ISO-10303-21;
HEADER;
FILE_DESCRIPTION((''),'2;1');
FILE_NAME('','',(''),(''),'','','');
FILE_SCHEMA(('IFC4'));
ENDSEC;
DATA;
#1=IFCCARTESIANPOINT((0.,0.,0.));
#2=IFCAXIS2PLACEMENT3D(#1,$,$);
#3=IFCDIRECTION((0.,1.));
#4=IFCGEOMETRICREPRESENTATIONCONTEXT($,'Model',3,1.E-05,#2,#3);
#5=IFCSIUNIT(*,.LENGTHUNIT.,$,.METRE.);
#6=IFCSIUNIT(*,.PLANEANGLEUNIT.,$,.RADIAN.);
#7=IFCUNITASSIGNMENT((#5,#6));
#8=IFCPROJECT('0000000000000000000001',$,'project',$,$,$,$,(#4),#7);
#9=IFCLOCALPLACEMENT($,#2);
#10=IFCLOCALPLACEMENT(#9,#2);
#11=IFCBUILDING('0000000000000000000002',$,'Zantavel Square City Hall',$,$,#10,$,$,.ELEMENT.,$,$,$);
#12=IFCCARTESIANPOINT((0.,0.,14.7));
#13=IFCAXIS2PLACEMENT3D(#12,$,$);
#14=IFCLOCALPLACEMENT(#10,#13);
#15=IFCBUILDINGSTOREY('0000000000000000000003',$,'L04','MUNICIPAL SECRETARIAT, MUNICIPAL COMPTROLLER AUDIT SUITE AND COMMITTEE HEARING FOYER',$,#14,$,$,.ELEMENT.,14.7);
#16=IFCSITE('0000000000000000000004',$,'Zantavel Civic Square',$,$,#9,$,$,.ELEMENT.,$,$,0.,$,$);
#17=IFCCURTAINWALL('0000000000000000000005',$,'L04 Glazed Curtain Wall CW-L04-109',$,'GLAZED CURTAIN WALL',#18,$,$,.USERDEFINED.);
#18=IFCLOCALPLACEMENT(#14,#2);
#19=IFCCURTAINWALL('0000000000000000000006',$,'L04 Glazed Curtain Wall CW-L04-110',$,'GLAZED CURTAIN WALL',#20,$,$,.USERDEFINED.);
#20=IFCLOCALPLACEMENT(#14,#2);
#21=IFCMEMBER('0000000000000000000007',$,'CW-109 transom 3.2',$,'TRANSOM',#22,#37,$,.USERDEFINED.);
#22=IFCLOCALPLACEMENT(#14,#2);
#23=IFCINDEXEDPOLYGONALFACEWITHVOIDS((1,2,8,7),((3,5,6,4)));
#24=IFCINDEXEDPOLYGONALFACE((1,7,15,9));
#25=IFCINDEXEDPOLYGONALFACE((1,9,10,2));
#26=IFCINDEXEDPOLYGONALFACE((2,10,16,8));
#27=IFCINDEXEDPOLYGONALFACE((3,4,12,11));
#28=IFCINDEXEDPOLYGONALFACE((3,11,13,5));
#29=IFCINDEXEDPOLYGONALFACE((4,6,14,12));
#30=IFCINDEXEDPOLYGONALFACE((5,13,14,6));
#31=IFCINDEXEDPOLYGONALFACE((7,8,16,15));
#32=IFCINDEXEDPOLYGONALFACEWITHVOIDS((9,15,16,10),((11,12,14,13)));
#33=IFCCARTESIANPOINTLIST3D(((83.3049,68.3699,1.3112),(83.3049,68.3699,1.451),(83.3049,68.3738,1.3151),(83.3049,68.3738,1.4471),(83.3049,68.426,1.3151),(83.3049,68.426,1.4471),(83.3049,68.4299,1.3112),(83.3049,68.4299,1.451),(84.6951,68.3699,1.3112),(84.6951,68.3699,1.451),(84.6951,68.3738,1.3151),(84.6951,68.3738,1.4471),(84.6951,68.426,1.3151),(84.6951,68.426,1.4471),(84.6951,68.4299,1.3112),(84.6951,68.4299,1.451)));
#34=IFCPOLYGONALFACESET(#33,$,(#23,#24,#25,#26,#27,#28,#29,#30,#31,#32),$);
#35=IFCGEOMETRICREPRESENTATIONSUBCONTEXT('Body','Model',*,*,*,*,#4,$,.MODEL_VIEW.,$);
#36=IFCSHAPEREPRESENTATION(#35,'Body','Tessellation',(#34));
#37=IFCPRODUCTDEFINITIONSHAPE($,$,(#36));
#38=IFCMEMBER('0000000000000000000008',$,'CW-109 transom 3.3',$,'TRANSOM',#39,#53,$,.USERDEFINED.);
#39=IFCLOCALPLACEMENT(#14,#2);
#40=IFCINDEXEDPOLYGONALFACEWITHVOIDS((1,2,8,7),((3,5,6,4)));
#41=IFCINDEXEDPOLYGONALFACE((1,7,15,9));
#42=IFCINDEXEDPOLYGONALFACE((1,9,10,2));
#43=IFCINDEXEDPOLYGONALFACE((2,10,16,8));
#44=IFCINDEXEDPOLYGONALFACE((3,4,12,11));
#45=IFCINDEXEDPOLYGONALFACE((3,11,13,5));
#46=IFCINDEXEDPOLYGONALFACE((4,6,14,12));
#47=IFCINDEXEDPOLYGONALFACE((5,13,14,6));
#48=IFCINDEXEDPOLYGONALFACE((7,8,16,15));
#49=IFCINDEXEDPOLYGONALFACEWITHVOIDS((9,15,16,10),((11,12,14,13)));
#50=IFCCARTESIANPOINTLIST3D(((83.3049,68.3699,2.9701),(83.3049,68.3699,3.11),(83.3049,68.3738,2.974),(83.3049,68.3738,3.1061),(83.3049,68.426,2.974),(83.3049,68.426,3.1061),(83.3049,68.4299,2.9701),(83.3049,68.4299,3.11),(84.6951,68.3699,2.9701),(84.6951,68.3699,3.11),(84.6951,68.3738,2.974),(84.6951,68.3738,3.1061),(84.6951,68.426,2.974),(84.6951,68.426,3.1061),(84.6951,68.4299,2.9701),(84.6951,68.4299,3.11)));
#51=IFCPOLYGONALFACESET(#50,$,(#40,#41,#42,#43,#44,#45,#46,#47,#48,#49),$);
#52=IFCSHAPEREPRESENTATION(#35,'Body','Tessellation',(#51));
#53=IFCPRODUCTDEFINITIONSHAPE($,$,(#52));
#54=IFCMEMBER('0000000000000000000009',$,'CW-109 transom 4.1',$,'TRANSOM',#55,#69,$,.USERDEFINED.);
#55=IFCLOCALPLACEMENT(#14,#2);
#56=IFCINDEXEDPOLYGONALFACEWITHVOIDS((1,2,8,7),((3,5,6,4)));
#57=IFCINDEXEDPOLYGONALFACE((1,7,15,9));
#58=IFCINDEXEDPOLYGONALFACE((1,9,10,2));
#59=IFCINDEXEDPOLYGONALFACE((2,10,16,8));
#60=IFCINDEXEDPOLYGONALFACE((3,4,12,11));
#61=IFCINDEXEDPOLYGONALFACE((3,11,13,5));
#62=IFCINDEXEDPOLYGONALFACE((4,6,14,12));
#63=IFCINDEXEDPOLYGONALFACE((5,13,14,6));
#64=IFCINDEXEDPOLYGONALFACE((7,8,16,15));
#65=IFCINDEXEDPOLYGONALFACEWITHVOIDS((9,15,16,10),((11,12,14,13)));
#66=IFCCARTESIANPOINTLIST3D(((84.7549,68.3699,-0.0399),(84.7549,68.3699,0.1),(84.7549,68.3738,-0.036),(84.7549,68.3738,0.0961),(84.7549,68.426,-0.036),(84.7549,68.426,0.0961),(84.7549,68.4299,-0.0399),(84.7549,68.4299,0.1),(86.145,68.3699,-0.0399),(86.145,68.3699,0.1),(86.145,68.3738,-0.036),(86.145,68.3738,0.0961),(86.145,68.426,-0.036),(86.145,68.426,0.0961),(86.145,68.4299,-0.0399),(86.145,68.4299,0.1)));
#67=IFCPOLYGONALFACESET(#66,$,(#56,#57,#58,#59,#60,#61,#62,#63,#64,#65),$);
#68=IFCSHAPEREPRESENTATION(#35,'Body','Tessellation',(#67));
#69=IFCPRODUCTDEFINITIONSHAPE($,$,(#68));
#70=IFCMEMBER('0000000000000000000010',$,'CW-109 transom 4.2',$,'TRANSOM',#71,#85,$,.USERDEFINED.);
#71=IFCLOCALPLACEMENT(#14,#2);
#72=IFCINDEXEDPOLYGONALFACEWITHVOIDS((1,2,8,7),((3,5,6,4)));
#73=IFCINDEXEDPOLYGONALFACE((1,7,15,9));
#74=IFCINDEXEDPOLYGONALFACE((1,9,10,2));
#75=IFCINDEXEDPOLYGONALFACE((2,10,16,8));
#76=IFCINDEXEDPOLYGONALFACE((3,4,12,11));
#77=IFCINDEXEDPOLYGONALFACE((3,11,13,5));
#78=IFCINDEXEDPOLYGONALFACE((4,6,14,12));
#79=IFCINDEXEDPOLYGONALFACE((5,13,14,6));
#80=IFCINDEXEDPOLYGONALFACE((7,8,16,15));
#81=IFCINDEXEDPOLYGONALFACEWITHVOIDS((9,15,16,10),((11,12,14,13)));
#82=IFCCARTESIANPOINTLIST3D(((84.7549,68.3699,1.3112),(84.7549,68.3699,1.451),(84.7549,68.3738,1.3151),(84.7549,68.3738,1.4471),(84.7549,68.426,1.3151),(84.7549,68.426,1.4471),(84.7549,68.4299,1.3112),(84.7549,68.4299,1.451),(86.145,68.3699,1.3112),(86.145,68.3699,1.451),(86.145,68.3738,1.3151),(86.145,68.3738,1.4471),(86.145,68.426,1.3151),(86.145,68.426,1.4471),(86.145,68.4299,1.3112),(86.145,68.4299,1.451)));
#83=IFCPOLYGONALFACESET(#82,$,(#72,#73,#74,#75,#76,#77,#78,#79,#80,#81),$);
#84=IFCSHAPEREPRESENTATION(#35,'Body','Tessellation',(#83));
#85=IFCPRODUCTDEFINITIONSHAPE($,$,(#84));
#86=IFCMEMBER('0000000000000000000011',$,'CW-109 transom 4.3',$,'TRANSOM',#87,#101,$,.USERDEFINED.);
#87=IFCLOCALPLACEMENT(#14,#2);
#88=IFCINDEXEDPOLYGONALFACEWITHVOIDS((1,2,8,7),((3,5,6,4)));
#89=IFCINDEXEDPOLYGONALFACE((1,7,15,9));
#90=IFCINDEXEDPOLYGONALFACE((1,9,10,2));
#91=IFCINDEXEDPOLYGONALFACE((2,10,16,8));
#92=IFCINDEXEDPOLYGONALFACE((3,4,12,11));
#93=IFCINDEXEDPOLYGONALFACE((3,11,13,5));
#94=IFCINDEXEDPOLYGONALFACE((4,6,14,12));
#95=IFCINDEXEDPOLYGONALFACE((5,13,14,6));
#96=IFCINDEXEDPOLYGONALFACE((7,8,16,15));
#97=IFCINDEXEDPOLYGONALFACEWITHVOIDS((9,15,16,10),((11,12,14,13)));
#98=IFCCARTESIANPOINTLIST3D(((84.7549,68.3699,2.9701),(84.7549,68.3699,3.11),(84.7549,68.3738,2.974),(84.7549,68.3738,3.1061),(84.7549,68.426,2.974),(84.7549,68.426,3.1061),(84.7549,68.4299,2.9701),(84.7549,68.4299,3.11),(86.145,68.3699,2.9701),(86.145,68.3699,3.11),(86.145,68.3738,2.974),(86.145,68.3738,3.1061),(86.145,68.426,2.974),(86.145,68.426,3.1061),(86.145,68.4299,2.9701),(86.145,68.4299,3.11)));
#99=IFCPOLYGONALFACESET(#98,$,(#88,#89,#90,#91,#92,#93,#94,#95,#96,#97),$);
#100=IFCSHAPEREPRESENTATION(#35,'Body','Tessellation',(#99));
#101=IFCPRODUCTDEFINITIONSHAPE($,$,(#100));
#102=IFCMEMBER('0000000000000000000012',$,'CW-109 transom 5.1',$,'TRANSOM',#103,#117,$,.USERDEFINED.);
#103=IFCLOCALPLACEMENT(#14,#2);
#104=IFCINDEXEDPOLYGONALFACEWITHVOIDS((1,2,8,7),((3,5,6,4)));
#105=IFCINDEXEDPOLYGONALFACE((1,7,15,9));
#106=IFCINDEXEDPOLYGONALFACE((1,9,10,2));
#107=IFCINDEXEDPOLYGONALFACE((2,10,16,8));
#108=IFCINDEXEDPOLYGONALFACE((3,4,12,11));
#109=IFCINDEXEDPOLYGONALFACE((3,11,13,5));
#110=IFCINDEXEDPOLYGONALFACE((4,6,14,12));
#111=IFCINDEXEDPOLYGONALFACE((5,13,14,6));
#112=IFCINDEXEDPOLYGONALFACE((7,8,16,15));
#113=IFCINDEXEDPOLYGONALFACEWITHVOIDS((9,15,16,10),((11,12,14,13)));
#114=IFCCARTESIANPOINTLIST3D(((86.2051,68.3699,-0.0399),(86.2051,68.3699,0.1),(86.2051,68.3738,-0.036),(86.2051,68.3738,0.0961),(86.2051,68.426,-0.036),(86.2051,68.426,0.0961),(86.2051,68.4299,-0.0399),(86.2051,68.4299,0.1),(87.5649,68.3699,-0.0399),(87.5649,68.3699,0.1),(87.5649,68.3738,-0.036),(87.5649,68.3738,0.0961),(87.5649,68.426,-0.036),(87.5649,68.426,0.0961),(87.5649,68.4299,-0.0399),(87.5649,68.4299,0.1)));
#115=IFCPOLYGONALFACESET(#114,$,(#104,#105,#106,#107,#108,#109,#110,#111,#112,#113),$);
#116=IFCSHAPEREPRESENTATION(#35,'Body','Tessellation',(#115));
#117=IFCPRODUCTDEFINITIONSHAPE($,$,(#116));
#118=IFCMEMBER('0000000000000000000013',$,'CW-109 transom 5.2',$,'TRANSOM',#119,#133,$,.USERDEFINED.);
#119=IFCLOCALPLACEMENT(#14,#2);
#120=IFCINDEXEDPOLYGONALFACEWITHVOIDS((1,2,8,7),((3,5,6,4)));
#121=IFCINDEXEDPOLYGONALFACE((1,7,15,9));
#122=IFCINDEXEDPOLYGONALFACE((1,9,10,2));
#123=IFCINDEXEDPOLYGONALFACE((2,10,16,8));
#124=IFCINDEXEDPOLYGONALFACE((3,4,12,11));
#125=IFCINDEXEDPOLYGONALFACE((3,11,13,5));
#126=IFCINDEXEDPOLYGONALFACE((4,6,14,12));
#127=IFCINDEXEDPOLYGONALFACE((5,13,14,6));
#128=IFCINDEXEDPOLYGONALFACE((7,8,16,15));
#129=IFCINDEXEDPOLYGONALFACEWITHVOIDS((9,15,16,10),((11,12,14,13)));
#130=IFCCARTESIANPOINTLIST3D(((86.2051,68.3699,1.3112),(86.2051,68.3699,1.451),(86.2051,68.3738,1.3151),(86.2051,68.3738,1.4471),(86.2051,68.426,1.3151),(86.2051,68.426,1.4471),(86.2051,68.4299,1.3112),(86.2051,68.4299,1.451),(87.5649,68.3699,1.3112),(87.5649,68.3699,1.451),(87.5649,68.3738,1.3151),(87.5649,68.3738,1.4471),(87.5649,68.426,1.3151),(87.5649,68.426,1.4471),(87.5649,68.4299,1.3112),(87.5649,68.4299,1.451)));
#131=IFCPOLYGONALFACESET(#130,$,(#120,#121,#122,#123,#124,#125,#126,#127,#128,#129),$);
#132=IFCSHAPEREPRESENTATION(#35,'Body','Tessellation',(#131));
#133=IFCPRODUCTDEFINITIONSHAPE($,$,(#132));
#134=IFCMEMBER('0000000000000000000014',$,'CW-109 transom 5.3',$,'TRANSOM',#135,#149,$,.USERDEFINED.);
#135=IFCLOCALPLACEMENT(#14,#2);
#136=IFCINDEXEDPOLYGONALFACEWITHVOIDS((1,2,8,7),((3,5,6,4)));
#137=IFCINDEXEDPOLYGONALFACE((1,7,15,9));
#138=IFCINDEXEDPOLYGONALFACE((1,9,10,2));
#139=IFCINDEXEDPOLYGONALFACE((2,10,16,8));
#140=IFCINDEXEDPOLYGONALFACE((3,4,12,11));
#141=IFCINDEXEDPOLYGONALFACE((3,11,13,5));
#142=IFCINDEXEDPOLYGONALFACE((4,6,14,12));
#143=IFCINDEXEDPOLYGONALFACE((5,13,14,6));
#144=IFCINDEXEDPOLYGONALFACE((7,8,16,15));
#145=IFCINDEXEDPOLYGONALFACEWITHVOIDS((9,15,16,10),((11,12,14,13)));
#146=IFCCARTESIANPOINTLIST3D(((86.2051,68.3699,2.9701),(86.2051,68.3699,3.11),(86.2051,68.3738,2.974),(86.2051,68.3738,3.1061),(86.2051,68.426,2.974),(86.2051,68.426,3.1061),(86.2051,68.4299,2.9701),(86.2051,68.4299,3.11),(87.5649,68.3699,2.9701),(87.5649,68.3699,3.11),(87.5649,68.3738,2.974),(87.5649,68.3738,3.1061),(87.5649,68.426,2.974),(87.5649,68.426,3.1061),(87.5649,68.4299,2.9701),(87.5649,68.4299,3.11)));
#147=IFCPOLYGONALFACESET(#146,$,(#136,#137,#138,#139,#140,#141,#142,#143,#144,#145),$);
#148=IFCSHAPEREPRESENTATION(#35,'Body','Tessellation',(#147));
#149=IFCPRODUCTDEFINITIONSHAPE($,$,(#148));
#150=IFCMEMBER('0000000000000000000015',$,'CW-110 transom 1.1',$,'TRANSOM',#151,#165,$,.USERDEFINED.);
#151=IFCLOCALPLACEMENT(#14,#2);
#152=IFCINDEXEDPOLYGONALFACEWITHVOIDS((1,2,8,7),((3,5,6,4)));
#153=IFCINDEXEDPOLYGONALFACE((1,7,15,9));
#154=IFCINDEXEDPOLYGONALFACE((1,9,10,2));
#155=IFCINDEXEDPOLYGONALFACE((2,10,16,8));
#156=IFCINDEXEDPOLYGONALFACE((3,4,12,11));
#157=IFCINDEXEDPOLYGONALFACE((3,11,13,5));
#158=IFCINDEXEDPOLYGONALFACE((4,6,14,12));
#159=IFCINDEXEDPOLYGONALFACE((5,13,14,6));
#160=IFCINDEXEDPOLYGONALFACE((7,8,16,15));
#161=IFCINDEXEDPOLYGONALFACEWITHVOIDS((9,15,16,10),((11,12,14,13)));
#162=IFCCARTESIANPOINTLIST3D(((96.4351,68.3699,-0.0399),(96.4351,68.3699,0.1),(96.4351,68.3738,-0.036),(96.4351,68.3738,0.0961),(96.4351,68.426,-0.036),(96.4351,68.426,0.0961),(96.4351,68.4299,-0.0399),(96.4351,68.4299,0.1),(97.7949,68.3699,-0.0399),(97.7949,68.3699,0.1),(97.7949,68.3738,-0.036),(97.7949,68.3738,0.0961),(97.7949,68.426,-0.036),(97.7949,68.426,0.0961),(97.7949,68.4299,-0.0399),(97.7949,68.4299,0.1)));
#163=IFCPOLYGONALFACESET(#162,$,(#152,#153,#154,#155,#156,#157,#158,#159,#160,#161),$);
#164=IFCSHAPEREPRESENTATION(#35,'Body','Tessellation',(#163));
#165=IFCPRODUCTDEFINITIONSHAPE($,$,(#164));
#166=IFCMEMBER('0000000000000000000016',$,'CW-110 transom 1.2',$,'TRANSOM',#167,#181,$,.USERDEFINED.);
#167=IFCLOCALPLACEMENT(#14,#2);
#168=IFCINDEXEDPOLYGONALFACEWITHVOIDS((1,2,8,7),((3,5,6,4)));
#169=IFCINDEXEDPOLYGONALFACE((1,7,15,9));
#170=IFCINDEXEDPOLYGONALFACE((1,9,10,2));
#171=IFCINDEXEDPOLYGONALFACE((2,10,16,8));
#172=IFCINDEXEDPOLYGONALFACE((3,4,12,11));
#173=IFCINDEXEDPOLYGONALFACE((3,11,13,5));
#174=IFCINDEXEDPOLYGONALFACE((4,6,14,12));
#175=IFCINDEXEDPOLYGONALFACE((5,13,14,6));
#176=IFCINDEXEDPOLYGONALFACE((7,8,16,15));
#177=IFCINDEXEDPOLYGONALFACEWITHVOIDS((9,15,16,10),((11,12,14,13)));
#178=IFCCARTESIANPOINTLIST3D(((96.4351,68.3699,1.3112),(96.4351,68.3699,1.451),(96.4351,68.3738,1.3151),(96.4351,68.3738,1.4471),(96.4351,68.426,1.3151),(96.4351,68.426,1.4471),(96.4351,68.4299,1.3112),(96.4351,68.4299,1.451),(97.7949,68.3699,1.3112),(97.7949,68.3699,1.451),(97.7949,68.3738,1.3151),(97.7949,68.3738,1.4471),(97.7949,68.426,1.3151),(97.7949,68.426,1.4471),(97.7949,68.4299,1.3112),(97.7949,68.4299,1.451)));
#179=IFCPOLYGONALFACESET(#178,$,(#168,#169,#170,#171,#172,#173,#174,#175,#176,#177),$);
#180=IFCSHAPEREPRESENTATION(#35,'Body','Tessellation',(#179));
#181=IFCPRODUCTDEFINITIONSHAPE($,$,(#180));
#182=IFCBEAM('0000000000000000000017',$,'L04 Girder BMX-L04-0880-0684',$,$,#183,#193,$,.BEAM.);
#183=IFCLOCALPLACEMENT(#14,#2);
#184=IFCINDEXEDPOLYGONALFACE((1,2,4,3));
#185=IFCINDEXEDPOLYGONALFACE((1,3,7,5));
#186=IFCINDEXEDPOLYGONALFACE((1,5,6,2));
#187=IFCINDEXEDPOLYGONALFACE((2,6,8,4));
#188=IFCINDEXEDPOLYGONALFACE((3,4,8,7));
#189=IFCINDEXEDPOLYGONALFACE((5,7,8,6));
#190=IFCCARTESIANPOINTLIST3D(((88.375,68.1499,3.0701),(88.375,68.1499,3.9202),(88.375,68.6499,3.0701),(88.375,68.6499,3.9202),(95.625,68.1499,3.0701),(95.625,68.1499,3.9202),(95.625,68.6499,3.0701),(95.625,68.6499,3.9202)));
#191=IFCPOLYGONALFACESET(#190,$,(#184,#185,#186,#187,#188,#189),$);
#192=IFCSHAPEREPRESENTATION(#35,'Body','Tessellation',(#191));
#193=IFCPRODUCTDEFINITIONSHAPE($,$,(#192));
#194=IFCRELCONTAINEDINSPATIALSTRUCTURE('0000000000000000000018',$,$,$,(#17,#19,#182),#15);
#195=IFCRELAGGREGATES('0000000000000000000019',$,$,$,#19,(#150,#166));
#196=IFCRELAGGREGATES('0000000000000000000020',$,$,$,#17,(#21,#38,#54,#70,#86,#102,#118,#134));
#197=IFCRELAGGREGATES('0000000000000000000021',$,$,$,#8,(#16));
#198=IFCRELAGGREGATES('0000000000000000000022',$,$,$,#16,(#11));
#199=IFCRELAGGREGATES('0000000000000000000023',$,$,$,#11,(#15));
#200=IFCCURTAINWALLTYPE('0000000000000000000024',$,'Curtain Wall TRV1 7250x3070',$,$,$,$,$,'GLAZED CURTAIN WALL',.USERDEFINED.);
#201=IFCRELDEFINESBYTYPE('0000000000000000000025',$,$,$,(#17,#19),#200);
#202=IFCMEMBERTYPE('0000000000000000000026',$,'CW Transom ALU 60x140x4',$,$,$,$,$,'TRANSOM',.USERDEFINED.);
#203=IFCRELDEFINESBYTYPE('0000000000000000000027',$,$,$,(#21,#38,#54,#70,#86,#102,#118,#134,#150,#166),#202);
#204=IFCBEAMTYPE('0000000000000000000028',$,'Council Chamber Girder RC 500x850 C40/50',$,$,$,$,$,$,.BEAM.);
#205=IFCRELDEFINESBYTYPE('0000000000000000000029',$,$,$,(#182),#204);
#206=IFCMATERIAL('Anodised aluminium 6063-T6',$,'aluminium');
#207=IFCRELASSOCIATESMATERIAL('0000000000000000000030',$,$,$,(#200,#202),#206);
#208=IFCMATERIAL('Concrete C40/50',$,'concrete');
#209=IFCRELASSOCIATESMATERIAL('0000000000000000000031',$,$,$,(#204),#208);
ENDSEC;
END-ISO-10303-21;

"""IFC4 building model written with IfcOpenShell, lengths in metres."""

from ifc_helpers import new_model, si_unit, direction, frame, origin, origin_2d, place, context, subcontext, project, spatial, rectangle, hollow_rectangle, extrude, material, material_profile, profile_set, type_object, element, aggregate, save


model = new_model("IFC4")

# Units and contexts
model_context = context("Model", 3, precision=1e-05, world=origin(), true_north=direction((0.0, 1.0)))
body_context = subcontext(model_context, "Body", "Model", "MODEL_VIEW")
ifc_project = project(units=[si_unit("LENGTHUNIT", "METRE"), si_unit("PLANEANGLEUNIT", "RADIAN")], contexts=[model_context])

# Site, building, storey
site_placement = place(None, origin())
site = spatial("IfcSite", under=ifc_project, at=site_placement, Name="Zantavel Civic Square", CompositionType="ELEMENT", RefElevation=0.0)
building_placement = place(site_placement, origin())
building = spatial("IfcBuilding", under=site, at=building_placement, Name="Zantavel Square City Hall", CompositionType="ELEMENT")
storey_placement = place(building_placement, frame((0.0, 0.0, 14.7)))
storey = spatial("IfcBuildingStorey", under=building, at=storey_placement, Name="L04", Description="MUNICIPAL SECRETARIAT, MUNICIPAL COMPTROLLER AUDIT SUITE AND COMMITTEE HEARING FOYER", CompositionType="ELEMENT", Elevation=14.7)

# Shared definitions
ifc_material_1 = material(Name="Concrete C40/50", Category="concrete")

# Curtain wall
ifc_material_2 = material(Name="Anodised aluminium 6063-T6", Category="aluminium")
curtain_wall_type = type_object("IfcCurtainWallType", Name="Curtain Wall TRV1 7250x3070", ElementType="GLAZED CURTAIN WALL", PredefinedType="USERDEFINED", material=ifc_material_2)
curtain_wall_1_placement = place(storey_placement, origin())
curtain_wall_1 = element("IfcCurtainWall", 1, at=curtain_wall_1_placement, inside=storey, type_object=curtain_wall_type, Name="L04 Glazed Curtain Wall CW-L04-109", ObjectType="GLAZED CURTAIN WALL", PredefinedType="USERDEFINED")

# Curtain wall
curtain_wall_2_placement = place(storey_placement, origin())
curtain_wall_2 = element("IfcCurtainWall", 2, at=curtain_wall_2_placement, inside=storey, type_object=curtain_wall_type, Name="L04 Glazed Curtain Wall CW-L04-110", ObjectType="GLAZED CURTAIN WALL", PredefinedType="USERDEFINED")

# Members
ifc_material_profile_1 = material_profile(ifc_material_2, hollow_rectangle(XDim=0.0601, YDim=0.1399, WallThickness=0.0039, at=origin_2d()), Name="ALU 60x140x4")
ifc_profile_set_1 = profile_set([ifc_material_profile_1], Name="Anodised aluminium 6063-T6")
member_type_1 = type_object("IfcMemberType", Name="CW Transom ALU 60x140x4", ElementType="TRANSOM", PredefinedType="USERDEFINED", material=ifc_profile_set_1)
member_1_placement = place(storey_placement, frame((83.3049, 68.3999, 1.3811), z_axis=(1.0, 0.0, 0.0), x_axis=(0.0, 1.0, 0.0)))
member_1 = element("IfcMember", 3, at=member_1_placement, type_object=member_type_1, Name="CW-109 transom 3.2", ObjectType="TRANSOM", PredefinedType="USERDEFINED", context=body_context, shape_type="SweptSolid", body=[
    extrude(hollow_rectangle(XDim=0.0601, YDim=0.1399, WallThickness=0.0039, at=origin_2d()), origin(), (0.0, 0.0, 1.0), 1.3901),
])
member_2_placement = place(storey_placement, frame((83.3049, 68.3999, 3.04), z_axis=(1.0, 0.0, 0.0), x_axis=(0.0, 1.0, 0.0)))
member_2 = element("IfcMember", 4, at=member_2_placement, type_object=member_type_1, Name="CW-109 transom 3.3", ObjectType="TRANSOM", PredefinedType="USERDEFINED", context=body_context, shape_type="SweptSolid", body=[
    extrude(hollow_rectangle(XDim=0.0601, YDim=0.1399, WallThickness=0.0039, at=origin_2d()), origin(), (0.0, 0.0, 1.0), 1.3901),
])
member_3_placement = place(storey_placement, frame((84.7549, 68.3999, 0.03), z_axis=(1.0, 0.0, 0.0), x_axis=(0.0, 1.0, 0.0)))
member_3 = element("IfcMember", 5, at=member_3_placement, type_object=member_type_1, Name="CW-109 transom 4.1", ObjectType="TRANSOM", PredefinedType="USERDEFINED", context=body_context, shape_type="SweptSolid", body=[
    extrude(hollow_rectangle(XDim=0.0601, YDim=0.1399, WallThickness=0.0039, at=origin_2d()), origin(), (0.0, 0.0, 1.0), 1.3901),
])
member_4_placement = place(storey_placement, frame((84.7549, 68.3999, 1.3811), z_axis=(1.0, 0.0, 0.0), x_axis=(0.0, 1.0, 0.0)))
member_4 = element("IfcMember", 6, at=member_4_placement, type_object=member_type_1, Name="CW-109 transom 4.2", ObjectType="TRANSOM", PredefinedType="USERDEFINED", context=body_context, shape_type="SweptSolid", body=[
    extrude(hollow_rectangle(XDim=0.0601, YDim=0.1399, WallThickness=0.0039, at=origin_2d()), origin(), (0.0, 0.0, 1.0), 1.3901),
])
member_5_placement = place(storey_placement, frame((84.7549, 68.3999, 3.04), z_axis=(1.0, 0.0, 0.0), x_axis=(0.0, 1.0, 0.0)))
member_5 = element("IfcMember", 7, at=member_5_placement, type_object=member_type_1, Name="CW-109 transom 4.3", ObjectType="TRANSOM", PredefinedType="USERDEFINED", context=body_context, shape_type="SweptSolid", body=[
    extrude(hollow_rectangle(XDim=0.0601, YDim=0.1399, WallThickness=0.0039, at=origin_2d()), origin(), (0.0, 0.0, 1.0), 1.3901),
])
member_6_placement = place(storey_placement, frame((86.2051, 68.3999, 0.03), z_axis=(1.0, 0.0, 0.0), x_axis=(0.0, 1.0, 0.0)))
member_6 = element("IfcMember", 8, at=member_6_placement, type_object=member_type_1, Name="CW-109 transom 5.1", ObjectType="TRANSOM", PredefinedType="USERDEFINED", context=body_context, shape_type="SweptSolid", body=[
    extrude(hollow_rectangle(XDim=0.0601, YDim=0.1399, WallThickness=0.0039, at=origin_2d()), origin(), (0.0, 0.0, 1.0), 1.3599),
])
member_7_placement = place(storey_placement, frame((86.2051, 68.3999, 1.3811), z_axis=(1.0, 0.0, 0.0), x_axis=(0.0, 1.0, 0.0)))
member_7 = element("IfcMember", 9, at=member_7_placement, type_object=member_type_1, Name="CW-109 transom 5.2", ObjectType="TRANSOM", PredefinedType="USERDEFINED", context=body_context, shape_type="SweptSolid", body=[
    extrude(hollow_rectangle(XDim=0.0601, YDim=0.1399, WallThickness=0.0039, at=origin_2d()), origin(), (0.0, 0.0, 1.0), 1.3599),
])
member_8_placement = place(storey_placement, frame((86.2051, 68.3999, 3.04), z_axis=(1.0, 0.0, 0.0), x_axis=(0.0, 1.0, 0.0)))
member_8 = element("IfcMember", 10, at=member_8_placement, type_object=member_type_1, Name="CW-109 transom 5.3", ObjectType="TRANSOM", PredefinedType="USERDEFINED", context=body_context, shape_type="SweptSolid", body=[
    extrude(hollow_rectangle(XDim=0.0601, YDim=0.1399, WallThickness=0.0039, at=origin_2d()), origin(), (0.0, 0.0, 1.0), 1.3599),
])
member_9_placement = place(storey_placement, frame((96.4351, 68.3999, 0.03), z_axis=(1.0, 0.0, 0.0), x_axis=(0.0, 1.0, 0.0)))
member_9 = element("IfcMember", 11, at=member_9_placement, type_object=member_type_1, Name="CW-110 transom 1.1", ObjectType="TRANSOM", PredefinedType="USERDEFINED", context=body_context, shape_type="SweptSolid", body=[
    extrude(hollow_rectangle(XDim=0.0601, YDim=0.1399, WallThickness=0.0039, at=origin_2d()), origin(), (0.0, 0.0, 1.0), 1.3599),
])
member_10_placement = place(storey_placement, frame((96.4351, 68.3999, 1.3811), z_axis=(1.0, 0.0, 0.0), x_axis=(0.0, 1.0, 0.0)))
member_10 = element("IfcMember", 12, at=member_10_placement, type_object=member_type_1, Name="CW-110 transom 1.2", ObjectType="TRANSOM", PredefinedType="USERDEFINED", context=body_context, shape_type="SweptSolid", body=[
    extrude(hollow_rectangle(XDim=0.0601, YDim=0.1399, WallThickness=0.0039, at=origin_2d()), origin(), (0.0, 0.0, 1.0), 1.3599),
])
aggregate(curtain_wall_2, [member_9, member_10])

# Beam
ifc_material_profile_2 = material_profile(ifc_material_1, rectangle(XDim=0.5, YDim=0.8501, at=origin_2d()), Name="RC 500x850")
ifc_profile_set_2 = profile_set([ifc_material_profile_2], Name="Concrete C40/50")
beam_type = type_object("IfcBeamType", Name="Council Chamber Girder RC 500x850 C40/50", PredefinedType="BEAM", material=ifc_profile_set_2)
for number, where, z_axis, x_axis, name in (
    (13, (88.375, 68.3999, 3.4951), (1.0, 0.0, 0.0), (0.0, 1.0, 0.0), "L04 Girder BMX-L04-0880-0684"),
):
    element("IfcBeam", number, at=place(storey_placement, frame(where, z_axis=z_axis, x_axis=x_axis)), inside=storey, type_object=beam_type, Name=name, PredefinedType="BEAM", context=body_context, shape_type="SweptSolid", body=[
        extrude(rectangle(XDim=0.5, YDim=0.8501, at=origin_2d()), origin(), (0.0, 0.0, 1.0), 7.25),
    ])

aggregate(curtain_wall_1, [member_1, member_2, member_3, member_4, member_5, member_6, member_7, member_8])

save(model, "model.ifc")
